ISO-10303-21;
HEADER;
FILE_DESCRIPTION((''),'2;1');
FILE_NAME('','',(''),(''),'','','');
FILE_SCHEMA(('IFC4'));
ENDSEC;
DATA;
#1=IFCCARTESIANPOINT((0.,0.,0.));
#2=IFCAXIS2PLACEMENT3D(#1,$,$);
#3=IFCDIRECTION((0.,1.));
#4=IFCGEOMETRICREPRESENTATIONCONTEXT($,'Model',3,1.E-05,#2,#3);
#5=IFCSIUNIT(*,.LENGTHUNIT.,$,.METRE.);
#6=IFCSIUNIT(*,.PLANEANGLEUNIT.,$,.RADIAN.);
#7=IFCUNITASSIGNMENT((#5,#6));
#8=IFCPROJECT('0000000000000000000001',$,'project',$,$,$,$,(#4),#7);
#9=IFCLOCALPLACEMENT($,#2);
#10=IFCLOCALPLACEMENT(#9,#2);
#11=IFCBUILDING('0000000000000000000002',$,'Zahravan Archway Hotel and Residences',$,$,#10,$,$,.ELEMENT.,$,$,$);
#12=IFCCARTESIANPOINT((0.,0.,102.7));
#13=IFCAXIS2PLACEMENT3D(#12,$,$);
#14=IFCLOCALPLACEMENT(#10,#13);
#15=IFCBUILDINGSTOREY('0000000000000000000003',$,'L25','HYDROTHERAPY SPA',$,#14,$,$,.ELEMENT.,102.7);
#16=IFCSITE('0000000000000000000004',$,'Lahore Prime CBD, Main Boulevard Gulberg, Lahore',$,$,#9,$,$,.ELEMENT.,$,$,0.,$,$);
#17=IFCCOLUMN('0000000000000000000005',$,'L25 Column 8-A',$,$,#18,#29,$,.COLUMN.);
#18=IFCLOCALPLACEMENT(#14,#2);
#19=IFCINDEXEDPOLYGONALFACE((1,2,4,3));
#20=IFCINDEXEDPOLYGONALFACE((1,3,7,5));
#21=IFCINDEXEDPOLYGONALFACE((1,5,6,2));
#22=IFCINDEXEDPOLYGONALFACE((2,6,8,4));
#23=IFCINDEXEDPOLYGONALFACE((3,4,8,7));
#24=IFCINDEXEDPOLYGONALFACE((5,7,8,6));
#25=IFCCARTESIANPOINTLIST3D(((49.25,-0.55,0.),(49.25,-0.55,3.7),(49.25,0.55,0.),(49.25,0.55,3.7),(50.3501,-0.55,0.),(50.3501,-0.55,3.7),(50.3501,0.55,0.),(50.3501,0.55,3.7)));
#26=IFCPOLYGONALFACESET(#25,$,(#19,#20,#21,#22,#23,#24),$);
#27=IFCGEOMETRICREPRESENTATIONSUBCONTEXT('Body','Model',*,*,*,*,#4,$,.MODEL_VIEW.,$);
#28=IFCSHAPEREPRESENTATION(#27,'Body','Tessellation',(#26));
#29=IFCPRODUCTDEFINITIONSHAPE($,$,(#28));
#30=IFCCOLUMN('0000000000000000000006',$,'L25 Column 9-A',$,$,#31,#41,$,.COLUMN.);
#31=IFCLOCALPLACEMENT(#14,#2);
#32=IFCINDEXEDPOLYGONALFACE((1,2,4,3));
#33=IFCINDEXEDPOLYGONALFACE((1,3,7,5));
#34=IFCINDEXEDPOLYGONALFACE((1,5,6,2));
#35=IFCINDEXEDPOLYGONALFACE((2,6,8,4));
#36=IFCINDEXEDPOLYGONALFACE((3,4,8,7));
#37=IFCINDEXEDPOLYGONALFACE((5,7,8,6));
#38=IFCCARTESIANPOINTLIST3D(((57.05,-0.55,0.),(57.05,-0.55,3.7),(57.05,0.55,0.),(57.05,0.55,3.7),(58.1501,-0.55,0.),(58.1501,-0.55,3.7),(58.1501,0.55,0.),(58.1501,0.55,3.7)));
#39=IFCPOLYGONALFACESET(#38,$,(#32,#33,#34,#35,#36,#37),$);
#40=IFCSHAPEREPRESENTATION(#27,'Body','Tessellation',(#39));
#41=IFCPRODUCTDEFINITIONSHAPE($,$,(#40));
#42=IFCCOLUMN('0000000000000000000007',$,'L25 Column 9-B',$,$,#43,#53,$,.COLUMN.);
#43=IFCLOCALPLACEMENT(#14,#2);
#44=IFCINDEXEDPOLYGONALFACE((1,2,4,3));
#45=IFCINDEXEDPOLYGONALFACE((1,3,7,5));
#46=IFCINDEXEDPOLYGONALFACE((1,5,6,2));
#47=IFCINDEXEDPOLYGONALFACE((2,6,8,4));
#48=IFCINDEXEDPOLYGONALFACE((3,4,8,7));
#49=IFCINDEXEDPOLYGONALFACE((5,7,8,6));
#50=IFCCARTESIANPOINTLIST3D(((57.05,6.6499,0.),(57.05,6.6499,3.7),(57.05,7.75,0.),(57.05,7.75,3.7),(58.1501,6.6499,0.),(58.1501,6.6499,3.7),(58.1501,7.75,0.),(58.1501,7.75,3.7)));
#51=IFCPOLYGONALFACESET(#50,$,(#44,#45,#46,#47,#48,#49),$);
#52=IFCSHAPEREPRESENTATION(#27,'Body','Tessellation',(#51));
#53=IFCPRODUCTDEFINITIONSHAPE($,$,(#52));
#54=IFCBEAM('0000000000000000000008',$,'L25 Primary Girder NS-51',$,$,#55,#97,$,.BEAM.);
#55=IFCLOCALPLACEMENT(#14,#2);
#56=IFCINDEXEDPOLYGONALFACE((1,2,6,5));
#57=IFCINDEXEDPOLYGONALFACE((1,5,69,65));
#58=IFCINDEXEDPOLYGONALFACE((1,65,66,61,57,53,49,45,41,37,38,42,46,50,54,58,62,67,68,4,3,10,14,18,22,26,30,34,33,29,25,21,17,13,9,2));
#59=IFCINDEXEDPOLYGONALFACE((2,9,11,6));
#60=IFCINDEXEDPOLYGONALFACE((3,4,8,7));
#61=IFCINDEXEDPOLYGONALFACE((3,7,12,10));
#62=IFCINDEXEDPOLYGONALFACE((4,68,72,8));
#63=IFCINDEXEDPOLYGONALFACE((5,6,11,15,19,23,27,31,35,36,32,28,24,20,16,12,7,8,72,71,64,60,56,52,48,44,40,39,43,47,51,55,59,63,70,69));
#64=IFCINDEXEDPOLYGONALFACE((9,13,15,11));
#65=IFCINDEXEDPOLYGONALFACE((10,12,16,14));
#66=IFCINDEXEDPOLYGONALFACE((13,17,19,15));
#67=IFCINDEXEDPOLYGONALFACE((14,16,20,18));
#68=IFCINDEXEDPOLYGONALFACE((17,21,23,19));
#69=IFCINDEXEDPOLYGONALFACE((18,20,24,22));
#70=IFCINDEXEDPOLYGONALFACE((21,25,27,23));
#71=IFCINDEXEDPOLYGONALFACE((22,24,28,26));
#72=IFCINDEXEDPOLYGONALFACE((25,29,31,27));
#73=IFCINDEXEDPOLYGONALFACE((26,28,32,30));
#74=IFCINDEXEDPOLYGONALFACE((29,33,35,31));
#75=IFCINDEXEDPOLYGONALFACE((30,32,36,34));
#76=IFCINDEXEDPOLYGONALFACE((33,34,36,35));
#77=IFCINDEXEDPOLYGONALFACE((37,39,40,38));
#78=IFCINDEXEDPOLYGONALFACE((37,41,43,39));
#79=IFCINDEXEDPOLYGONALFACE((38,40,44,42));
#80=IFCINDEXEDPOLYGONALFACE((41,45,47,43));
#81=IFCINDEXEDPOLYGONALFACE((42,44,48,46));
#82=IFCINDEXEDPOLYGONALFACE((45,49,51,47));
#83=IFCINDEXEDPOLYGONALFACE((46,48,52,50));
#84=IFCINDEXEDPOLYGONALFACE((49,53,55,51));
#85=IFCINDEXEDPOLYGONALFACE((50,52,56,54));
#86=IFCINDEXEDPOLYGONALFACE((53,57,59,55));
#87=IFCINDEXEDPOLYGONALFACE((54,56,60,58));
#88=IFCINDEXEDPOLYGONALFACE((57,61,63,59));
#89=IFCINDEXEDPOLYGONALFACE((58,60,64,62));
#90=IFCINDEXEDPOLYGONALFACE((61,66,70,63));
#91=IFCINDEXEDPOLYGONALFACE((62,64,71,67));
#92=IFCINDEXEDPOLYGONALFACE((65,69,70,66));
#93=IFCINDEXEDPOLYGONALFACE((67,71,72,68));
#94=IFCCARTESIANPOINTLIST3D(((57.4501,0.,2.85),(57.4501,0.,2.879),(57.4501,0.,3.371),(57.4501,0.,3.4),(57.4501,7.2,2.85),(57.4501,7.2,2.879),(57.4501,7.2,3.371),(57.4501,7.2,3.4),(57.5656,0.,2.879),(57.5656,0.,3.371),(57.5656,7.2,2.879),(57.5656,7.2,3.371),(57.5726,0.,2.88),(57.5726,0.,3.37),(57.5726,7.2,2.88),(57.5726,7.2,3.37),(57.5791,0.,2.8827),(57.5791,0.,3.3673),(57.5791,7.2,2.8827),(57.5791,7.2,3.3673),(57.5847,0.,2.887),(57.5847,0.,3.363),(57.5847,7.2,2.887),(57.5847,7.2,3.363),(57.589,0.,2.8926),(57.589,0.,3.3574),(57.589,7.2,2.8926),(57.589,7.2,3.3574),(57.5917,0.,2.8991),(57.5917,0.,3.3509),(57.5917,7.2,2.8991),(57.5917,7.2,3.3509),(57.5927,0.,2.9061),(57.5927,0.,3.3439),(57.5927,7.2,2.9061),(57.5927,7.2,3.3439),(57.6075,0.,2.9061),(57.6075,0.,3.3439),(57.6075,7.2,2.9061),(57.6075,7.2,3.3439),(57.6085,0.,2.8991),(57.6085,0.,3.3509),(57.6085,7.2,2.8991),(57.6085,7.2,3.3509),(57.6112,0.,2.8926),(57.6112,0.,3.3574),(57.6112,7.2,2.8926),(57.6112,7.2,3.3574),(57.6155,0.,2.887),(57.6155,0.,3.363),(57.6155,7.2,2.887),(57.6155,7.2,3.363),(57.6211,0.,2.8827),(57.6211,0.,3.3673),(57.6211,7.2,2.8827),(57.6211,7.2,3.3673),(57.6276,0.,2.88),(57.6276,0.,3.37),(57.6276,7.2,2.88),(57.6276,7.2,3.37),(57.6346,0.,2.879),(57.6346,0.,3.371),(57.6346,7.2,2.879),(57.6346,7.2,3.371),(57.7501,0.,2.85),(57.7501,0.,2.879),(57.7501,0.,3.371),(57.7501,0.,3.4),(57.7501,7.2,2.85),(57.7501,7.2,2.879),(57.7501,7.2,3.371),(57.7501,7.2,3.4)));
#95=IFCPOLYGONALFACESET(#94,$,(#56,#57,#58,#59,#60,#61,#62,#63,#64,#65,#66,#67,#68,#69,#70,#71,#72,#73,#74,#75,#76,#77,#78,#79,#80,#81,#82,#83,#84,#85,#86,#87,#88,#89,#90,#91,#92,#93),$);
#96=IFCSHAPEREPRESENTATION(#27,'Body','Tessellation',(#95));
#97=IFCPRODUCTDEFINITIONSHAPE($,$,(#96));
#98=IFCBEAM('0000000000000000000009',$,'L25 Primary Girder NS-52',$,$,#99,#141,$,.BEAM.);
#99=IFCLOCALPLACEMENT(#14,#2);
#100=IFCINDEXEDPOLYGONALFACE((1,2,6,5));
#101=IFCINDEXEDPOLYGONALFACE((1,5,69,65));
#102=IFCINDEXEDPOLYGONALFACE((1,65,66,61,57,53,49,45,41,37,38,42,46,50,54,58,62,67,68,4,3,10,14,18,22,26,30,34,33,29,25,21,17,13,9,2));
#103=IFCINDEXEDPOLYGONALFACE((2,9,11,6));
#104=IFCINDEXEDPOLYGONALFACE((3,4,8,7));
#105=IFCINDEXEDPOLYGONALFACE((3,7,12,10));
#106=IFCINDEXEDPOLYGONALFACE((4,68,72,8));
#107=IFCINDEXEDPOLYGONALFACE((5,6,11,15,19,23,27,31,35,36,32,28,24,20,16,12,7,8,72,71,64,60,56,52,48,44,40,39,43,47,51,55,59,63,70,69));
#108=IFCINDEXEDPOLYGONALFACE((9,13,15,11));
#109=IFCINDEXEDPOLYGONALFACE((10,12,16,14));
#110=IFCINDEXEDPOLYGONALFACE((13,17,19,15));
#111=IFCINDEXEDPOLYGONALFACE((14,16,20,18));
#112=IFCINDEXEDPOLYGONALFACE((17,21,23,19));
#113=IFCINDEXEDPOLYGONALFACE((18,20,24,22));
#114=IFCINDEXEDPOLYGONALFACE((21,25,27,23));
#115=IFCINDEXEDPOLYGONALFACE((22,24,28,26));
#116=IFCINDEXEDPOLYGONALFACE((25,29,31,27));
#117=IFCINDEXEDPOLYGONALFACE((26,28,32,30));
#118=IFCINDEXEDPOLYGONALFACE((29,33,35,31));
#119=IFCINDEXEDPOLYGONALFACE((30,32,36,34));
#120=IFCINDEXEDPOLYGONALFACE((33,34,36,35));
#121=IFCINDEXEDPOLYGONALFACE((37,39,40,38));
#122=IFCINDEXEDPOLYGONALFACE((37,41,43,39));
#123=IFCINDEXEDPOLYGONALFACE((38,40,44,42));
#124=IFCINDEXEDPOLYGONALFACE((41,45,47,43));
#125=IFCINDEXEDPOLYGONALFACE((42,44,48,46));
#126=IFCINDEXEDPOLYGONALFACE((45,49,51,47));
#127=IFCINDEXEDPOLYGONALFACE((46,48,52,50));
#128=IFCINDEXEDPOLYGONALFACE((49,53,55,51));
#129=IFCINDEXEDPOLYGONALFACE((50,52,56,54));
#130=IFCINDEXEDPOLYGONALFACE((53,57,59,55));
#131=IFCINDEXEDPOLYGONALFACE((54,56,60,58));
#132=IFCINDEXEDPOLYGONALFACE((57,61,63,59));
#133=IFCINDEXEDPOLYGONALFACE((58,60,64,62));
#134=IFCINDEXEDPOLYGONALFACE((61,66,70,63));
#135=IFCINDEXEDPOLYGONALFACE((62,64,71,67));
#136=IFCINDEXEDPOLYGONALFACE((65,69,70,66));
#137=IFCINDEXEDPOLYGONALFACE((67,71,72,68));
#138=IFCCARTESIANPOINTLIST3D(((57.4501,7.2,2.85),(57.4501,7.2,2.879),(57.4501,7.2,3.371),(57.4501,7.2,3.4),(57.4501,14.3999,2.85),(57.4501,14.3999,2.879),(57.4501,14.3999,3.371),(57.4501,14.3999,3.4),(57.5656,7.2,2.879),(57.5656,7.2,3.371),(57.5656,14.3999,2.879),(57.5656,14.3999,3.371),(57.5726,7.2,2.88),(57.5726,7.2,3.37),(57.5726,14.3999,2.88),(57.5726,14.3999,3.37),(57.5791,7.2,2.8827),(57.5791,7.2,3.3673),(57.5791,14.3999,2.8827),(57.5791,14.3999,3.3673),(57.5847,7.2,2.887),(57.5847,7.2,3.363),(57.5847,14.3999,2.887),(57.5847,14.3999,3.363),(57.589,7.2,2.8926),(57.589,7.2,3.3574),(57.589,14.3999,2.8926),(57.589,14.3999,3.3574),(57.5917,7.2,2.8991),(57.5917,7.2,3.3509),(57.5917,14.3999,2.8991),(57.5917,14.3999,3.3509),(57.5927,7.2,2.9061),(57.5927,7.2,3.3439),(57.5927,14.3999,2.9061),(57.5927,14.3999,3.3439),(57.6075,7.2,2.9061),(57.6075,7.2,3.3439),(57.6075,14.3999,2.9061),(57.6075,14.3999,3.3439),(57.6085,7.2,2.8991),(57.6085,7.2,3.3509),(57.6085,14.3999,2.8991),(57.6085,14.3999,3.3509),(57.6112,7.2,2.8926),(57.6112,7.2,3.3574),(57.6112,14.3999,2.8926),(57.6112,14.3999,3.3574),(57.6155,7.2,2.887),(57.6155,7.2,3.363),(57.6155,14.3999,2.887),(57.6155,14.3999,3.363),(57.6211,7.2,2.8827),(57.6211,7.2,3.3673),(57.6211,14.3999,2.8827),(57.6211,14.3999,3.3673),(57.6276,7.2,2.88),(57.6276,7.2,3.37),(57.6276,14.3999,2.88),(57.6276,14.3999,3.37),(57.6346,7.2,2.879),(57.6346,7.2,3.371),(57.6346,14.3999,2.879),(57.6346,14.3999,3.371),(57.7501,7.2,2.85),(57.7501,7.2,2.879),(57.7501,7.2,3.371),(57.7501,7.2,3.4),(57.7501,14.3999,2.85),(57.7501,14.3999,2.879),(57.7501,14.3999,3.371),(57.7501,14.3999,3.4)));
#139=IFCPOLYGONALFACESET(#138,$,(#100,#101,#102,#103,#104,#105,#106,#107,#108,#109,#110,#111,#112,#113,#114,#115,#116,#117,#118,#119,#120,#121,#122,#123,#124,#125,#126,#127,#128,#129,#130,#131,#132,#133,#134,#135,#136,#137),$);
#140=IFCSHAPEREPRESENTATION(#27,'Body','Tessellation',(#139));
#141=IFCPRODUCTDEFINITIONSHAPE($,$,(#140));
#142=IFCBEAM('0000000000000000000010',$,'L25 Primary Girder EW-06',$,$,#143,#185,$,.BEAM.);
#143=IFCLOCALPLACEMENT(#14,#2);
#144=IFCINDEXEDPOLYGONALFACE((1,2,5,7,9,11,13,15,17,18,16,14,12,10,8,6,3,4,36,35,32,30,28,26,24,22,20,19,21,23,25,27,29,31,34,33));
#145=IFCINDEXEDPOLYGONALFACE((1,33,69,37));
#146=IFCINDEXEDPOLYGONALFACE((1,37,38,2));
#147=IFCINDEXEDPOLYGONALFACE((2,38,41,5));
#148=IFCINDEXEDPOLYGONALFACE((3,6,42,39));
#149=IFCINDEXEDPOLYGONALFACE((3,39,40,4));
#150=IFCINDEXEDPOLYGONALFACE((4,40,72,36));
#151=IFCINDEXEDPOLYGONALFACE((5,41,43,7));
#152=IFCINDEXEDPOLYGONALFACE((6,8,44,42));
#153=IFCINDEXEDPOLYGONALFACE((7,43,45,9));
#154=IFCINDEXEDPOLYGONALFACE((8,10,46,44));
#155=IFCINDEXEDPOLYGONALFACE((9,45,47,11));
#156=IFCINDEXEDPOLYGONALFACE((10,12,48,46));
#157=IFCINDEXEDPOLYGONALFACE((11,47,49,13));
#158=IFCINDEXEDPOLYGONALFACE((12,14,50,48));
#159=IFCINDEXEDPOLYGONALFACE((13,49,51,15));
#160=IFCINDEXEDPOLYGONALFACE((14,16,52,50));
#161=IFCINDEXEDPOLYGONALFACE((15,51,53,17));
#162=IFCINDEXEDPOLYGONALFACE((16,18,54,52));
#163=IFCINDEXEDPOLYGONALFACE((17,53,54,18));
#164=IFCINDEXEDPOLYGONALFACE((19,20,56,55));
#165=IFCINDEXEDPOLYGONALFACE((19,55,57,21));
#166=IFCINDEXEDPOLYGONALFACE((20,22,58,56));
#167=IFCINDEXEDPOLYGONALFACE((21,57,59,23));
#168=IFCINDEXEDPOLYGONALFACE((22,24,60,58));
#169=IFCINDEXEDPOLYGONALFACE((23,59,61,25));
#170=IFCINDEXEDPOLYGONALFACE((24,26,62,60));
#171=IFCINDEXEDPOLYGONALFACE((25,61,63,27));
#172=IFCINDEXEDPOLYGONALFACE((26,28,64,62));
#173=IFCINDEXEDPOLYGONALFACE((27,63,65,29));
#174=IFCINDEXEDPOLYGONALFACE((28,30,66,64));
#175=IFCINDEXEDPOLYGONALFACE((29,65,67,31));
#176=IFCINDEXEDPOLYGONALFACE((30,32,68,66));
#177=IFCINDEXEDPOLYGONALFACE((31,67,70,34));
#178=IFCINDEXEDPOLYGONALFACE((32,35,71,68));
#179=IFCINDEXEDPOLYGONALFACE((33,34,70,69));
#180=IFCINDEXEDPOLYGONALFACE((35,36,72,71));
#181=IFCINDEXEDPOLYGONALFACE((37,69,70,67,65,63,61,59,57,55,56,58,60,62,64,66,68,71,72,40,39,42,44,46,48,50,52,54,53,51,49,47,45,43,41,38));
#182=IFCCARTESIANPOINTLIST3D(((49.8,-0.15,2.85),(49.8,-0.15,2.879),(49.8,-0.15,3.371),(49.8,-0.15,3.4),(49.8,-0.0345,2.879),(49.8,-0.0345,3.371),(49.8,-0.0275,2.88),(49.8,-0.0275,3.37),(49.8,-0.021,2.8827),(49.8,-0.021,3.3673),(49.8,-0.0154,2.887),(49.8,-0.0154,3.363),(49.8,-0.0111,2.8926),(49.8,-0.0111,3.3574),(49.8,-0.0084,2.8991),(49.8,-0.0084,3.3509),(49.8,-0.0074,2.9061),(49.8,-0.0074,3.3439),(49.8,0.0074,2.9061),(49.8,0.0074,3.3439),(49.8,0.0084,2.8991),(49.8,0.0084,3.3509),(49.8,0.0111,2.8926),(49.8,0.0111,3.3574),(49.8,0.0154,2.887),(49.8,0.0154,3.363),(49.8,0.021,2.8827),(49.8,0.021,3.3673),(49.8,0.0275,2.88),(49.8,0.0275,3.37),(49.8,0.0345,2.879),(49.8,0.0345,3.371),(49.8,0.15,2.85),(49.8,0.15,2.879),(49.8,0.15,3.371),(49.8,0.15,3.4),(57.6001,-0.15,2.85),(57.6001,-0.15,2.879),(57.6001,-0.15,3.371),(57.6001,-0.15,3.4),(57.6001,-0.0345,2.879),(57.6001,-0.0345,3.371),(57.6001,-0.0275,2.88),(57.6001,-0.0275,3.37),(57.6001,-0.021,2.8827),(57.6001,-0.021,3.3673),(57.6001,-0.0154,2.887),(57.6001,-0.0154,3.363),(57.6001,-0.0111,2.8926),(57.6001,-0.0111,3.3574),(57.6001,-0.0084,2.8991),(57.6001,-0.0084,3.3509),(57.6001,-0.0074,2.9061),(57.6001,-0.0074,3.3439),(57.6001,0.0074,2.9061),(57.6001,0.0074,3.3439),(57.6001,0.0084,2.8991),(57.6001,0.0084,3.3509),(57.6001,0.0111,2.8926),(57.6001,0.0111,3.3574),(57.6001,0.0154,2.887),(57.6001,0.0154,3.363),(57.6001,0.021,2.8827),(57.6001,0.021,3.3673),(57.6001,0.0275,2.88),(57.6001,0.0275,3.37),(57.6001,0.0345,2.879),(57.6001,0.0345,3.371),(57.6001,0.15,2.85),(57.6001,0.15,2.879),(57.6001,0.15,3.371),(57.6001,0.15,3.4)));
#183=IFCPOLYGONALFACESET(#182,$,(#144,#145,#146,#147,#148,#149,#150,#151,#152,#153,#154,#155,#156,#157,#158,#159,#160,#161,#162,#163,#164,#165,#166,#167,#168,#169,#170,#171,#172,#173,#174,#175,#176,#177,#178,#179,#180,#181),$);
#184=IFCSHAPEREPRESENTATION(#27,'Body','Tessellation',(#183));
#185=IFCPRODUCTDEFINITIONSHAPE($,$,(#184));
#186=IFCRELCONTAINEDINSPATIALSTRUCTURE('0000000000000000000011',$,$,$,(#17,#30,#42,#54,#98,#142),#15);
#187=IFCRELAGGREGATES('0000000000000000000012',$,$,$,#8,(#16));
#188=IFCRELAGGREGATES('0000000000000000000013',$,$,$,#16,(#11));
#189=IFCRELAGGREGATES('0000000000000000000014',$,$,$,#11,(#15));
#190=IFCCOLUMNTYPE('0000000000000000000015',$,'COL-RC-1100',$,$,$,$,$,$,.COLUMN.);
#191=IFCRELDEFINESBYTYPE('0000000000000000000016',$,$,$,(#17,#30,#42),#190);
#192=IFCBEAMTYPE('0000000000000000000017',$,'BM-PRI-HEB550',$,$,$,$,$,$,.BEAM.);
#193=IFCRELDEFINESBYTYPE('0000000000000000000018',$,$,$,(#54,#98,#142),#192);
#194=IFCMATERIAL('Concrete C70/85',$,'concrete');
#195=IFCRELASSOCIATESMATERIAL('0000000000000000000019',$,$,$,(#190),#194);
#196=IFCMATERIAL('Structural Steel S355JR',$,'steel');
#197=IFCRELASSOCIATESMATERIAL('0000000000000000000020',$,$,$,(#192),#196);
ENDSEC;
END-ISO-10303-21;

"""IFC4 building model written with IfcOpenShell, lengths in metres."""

from ifc_helpers import new_model, si_unit, direction, frame, origin, origin_2d, place, context, subcontext, project, spatial, rectangle, i_section, extrude, source, transform, mapped, material, material_profile, profile_set, type_object, element, save


model = new_model("IFC4")

# Units and contexts
model_context = context("Model", 3, precision=1e-05, world=origin(), true_north=direction((0.0, 1.0)))
body_context = subcontext(model_context, "Body", "Model", "MODEL_VIEW")
ifc_project = project(units=[si_unit("LENGTHUNIT", "METRE"), si_unit("PLANEANGLEUNIT", "RADIAN")], contexts=[model_context])

# Site, building, storey
site_placement = place(None, origin())
site = spatial("IfcSite", under=ifc_project, at=site_placement, Name="Lahore Prime CBD, Main Boulevard Gulberg, Lahore", CompositionType="ELEMENT", RefElevation=0.0)
building_placement = place(site_placement, origin())
building = spatial("IfcBuilding", under=site, at=building_placement, Name="Zahravan Archway Hotel and Residences", CompositionType="ELEMENT")
storey_placement = place(building_placement, frame((0.0, 0.0, 102.7)))
storey = spatial("IfcBuildingStorey", under=building, at=storey_placement, Name="L25", Description="HYDROTHERAPY SPA", CompositionType="ELEMENT", Elevation=102.7)

# Columns
ifc_material_1 = material(Name="Concrete C70/85", Category="concrete")
ifc_material_profile_1 = material_profile(ifc_material_1, rectangle(XDim=1.1001, YDim=1.1001, at=origin_2d()), Name="RC 1100x1100", Category="concrete")
ifc_profile_set_1 = profile_set([ifc_material_profile_1], Name="Concrete C70/85")
column_type = type_object("IfcColumnType", Name="COL-RC-1100", PredefinedType="COLUMN", material=ifc_profile_set_1)
shared_shape_1 = source(origin(), body_context, "Body", "SweptSolid", [
    extrude(rectangle(XDim=1.1001, YDim=1.1001, at=origin_2d()), origin(), (0.0, 0.0, 1.0), 3.7),
])
for number, where, z_axis, x_axis, name in (
    (1, (49.8, 0.0, 0.0), (0.0, 0.0, 1.0), (1.0, 0.0, 0.0), "L25 Column 8-A"),
    (2, (57.6001, 0.0, 0.0), (0.0, 0.0, 1.0), (1.0, 0.0, 0.0), "L25 Column 9-A"),
    (3, (57.6001, 7.2, 0.0), (0.0, 0.0, 1.0), (1.0, 0.0, 0.0), "L25 Column 9-B"),
):
    element("IfcColumn", number, at=place(storey_placement, frame(where, z_axis=z_axis, x_axis=x_axis)), inside=storey, type_object=column_type, Name=name, PredefinedType="COLUMN", context=body_context, shape_type="MappedRepresentation", body=[
        mapped(shared_shape_1, transform((0.0, 0.0, 0.0), scale=1.0)),
    ])

# Beams
ifc_material_2 = material(Name="Structural Steel S355JR", Category="steel")
ifc_material_profile_2 = material_profile(ifc_material_2, i_section(OverallWidth=0.3, OverallDepth=0.55, WebThickness=0.0149, FlangeThickness=0.0291, FilletRadius=0.0271, at=origin_2d()), Name="HEB 550", Category="steel")
ifc_profile_set_2 = profile_set([ifc_material_profile_2], Name="Structural Steel S355JR")
beam_type_1 = type_object("IfcBeamType", Name="BM-PRI-HEB550", PredefinedType="BEAM", material=ifc_profile_set_2)
shared_shape_2 = source(origin(), body_context, "Body", "SweptSolid", [
    extrude(i_section(OverallWidth=0.3, OverallDepth=0.55, WebThickness=0.0149, FlangeThickness=0.0291, FilletRadius=0.0271, at=origin_2d()), origin(), (0.0, 0.0, 1.0), 7.2),
])
for number, where, z_axis, x_axis, name in (
    (4, (57.6001, 0.0, 3.125), (0.0, 1.0, 0.0), (-1.0, 0.0, 0.0), "L25 Primary Girder NS-51"),
    (5, (57.6001, 7.2, 3.125), (0.0, 1.0, 0.0), (-1.0, 0.0, 0.0), "L25 Primary Girder NS-52"),
):
    element("IfcBeam", number, at=place(storey_placement, frame(where, z_axis=z_axis, x_axis=x_axis)), inside=storey, type_object=beam_type_1, Name=name, PredefinedType="BEAM", context=body_context, shape_type="MappedRepresentation", body=[
        mapped(shared_shape_2, transform((0.0, 0.0, 0.0), scale=1.0)),
    ])
shared_shape_3 = source(origin(), body_context, "Body", "SweptSolid", [
    extrude(i_section(OverallWidth=0.3, OverallDepth=0.55, WebThickness=0.0149, FlangeThickness=0.0291, FilletRadius=0.0271, at=origin_2d()), origin(), (0.0, 0.0, 1.0), 7.8),
])
for number, where, z_axis, x_axis, name in (
    (6, (49.8, 0.0, 3.125), (1.0, 0.0, 0.0), (0.0, 1.0, 0.0), "L25 Primary Girder EW-06"),
):
    element("IfcBeam", number, at=place(storey_placement, frame(where, z_axis=z_axis, x_axis=x_axis)), inside=storey, type_object=beam_type_1, Name=name, PredefinedType="BEAM", context=body_context, shape_type="MappedRepresentation", body=[
        mapped(shared_shape_3, transform((0.0, 0.0, 0.0), scale=1.0)),
    ])

save(model, "model.ifc")
